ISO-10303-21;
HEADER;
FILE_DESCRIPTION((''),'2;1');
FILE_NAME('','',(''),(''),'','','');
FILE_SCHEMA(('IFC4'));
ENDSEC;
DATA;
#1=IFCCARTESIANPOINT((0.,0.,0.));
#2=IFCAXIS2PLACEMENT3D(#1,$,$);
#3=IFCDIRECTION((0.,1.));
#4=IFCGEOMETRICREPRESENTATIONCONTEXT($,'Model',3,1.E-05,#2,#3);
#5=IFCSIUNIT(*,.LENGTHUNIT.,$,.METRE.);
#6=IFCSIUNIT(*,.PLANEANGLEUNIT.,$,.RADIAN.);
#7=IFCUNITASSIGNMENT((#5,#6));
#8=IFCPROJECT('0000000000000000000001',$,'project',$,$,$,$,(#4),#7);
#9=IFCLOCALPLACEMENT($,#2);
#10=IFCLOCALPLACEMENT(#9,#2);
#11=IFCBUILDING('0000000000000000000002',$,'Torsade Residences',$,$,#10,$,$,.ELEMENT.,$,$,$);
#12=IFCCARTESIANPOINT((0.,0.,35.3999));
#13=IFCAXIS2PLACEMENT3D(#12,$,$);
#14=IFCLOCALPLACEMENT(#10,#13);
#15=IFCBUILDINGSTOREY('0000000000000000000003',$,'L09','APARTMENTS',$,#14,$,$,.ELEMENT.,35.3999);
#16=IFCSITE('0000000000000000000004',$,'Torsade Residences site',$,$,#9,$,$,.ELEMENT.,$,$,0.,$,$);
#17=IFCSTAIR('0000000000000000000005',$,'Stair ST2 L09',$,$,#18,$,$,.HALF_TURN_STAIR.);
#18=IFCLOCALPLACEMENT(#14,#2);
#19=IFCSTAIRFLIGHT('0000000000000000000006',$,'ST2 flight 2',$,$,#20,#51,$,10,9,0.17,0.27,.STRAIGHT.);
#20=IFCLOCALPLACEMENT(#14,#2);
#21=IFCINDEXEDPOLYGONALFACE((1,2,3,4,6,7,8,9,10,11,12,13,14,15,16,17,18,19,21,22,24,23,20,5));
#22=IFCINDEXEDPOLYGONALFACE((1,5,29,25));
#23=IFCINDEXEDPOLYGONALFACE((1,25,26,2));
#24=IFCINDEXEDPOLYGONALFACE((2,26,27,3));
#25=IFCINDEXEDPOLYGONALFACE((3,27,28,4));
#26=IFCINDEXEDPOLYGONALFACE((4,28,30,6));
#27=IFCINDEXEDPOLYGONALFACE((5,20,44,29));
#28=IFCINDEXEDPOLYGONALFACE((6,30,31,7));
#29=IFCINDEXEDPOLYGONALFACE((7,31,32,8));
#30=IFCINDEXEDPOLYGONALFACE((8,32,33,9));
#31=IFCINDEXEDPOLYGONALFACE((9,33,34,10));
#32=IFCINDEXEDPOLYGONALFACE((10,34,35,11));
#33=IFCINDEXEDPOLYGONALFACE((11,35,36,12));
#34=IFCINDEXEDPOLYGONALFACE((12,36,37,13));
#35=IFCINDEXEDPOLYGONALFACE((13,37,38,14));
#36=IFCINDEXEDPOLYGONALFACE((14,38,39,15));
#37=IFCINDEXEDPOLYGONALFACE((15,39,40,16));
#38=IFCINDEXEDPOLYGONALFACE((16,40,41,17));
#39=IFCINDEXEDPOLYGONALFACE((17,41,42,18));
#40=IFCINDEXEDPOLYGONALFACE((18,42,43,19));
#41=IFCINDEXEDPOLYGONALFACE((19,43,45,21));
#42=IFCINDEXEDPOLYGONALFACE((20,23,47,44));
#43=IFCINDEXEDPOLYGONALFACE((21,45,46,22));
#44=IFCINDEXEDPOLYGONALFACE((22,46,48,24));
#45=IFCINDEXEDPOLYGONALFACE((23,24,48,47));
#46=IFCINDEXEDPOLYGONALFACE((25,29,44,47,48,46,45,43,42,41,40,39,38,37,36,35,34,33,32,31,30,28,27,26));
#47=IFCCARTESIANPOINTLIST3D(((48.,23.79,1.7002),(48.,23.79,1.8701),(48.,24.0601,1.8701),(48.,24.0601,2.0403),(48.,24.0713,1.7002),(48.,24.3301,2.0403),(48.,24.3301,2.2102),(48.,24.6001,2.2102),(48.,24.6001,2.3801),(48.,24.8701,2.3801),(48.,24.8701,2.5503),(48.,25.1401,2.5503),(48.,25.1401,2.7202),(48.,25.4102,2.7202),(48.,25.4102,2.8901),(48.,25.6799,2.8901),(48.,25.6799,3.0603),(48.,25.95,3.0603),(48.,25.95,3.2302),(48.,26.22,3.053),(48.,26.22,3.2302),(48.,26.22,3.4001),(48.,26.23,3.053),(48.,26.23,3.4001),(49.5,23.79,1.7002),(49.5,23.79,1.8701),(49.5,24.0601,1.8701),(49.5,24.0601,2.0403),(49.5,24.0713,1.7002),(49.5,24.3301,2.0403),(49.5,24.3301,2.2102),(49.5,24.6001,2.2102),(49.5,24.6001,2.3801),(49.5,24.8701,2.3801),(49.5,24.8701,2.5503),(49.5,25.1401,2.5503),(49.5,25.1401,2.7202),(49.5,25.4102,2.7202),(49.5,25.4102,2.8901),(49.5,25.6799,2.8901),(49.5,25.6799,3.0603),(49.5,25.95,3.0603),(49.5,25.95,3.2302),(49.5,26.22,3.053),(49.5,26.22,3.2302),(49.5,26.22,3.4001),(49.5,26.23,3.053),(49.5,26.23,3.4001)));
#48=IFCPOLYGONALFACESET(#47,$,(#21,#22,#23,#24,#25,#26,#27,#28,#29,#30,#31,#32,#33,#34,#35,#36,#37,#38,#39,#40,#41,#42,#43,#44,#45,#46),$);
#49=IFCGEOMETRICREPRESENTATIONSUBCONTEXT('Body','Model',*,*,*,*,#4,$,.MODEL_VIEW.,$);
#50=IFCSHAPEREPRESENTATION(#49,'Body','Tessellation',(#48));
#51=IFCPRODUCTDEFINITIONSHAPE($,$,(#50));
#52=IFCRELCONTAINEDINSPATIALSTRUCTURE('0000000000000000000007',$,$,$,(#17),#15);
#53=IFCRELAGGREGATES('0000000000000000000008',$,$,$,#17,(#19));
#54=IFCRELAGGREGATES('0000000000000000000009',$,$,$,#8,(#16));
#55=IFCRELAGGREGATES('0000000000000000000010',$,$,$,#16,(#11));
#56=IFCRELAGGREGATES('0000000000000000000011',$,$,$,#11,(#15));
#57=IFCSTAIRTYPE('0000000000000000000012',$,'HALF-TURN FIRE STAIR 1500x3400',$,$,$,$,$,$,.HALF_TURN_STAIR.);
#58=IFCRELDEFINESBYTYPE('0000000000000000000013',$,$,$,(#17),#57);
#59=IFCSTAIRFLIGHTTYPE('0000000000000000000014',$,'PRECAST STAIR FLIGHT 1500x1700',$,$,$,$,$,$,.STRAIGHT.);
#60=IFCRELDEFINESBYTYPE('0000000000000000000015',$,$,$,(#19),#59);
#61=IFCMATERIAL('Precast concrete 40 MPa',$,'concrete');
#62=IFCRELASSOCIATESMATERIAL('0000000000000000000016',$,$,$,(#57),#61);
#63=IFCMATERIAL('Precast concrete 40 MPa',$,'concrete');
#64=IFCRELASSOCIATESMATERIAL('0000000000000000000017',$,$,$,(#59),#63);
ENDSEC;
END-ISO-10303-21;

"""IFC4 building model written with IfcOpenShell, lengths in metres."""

from ifc_helpers import new_model, si_unit, direction, frame, origin, place, context, subcontext, project, spatial, polyline, outline, extrude, material, type_object, element, aggregate, save


model = new_model("IFC4")

# Units and contexts
model_context = context("Model", 3, precision=1e-05, world=origin(), true_north=direction((0.0, 1.0)))
body_context = subcontext(model_context, "Body", "Model", "MODEL_VIEW")
ifc_project = project(units=[si_unit("LENGTHUNIT", "METRE"), si_unit("PLANEANGLEUNIT", "RADIAN")], contexts=[model_context])

# Site, building, storey
site_placement = place(None, origin())
site = spatial("IfcSite", under=ifc_project, at=site_placement, Name="Torsade Residences site", CompositionType="ELEMENT", RefElevation=0.0)
building_placement = place(site_placement, origin())
building = spatial("IfcBuilding", under=site, at=building_placement, Name="Torsade Residences", CompositionType="ELEMENT")
storey_placement = place(building_placement, frame((0.0, 0.0, 35.3999)))
storey = spatial("IfcBuildingStorey", under=building, at=storey_placement, Name="L09", Description="APARTMENTS", CompositionType="ELEMENT", Elevation=35.3999)

# Stair, stair flight
ifc_material_1 = material(Name="Precast concrete 40 MPa", Category="concrete")
stair_type = type_object("IfcStairType", Name="HALF-TURN FIRE STAIR 1500x3400", PredefinedType="HALF_TURN_STAIR", material=ifc_material_1)
stair_placement = place(storey_placement, origin())
stair = element("IfcStair", 1, at=stair_placement, inside=storey, type_object=stair_type, Name="Stair ST2 L09", PredefinedType="HALF_TURN_STAIR")
ifc_material_2 = material(Name="Precast concrete 40 MPa", Category="concrete")
stair_flight_type = type_object("IfcStairFlightType", Name="PRECAST STAIR FLIGHT 1500x1700", PredefinedType="STRAIGHT", material=ifc_material_2)
stair_flight_placement = place(storey_placement, frame((48.75, 23.79, 1.7002), z_axis=(0.0, 0.0, 1.0), x_axis=(0.0, 1.0, 0.0)))
stair_flight = element("IfcStairFlight", 2, at=stair_flight_placement, type_object=stair_flight_type, Name="ST2 flight 2", NumberOfRisers=10, NumberOfTreads=9, PredefinedType="STRAIGHT", RiserHeight=0.17, TreadLength=0.27, context=body_context, shape_type="SweptSolid", body=[
    extrude(outline(polyline([(0.0, 0.0), (0.0, 0.1699), (0.27, 0.1699), (0.27, 0.3401), (0.54, 0.3401), (0.54, 0.51), (0.8101, 0.51), (0.8101, 0.6799), (1.0801, 0.6799), (1.0801, 0.8501), (1.3501, 0.8501), (1.3501, 1.02), (1.6201, 1.02), (1.6201, 1.1899), (1.8899, 1.1899), (1.8899, 1.3601), (2.1599, 1.3601), (2.1599, 1.53), (2.4299, 1.53), (2.4299, 1.7), (2.4399, 1.7), (2.4399, 1.3528), (2.4299, 1.3528), (0.2812, 0.0), (0.0, 0.0)])), frame((0.0, 0.75, 0.0), z_axis=(0.0, -1.0, 0.0), x_axis=(1.0, 0.0, 0.0)), (0.0, 0.0, 1.0), 1.5),
])
aggregate(stair, [stair_flight])

save(model, "model.ifc")
